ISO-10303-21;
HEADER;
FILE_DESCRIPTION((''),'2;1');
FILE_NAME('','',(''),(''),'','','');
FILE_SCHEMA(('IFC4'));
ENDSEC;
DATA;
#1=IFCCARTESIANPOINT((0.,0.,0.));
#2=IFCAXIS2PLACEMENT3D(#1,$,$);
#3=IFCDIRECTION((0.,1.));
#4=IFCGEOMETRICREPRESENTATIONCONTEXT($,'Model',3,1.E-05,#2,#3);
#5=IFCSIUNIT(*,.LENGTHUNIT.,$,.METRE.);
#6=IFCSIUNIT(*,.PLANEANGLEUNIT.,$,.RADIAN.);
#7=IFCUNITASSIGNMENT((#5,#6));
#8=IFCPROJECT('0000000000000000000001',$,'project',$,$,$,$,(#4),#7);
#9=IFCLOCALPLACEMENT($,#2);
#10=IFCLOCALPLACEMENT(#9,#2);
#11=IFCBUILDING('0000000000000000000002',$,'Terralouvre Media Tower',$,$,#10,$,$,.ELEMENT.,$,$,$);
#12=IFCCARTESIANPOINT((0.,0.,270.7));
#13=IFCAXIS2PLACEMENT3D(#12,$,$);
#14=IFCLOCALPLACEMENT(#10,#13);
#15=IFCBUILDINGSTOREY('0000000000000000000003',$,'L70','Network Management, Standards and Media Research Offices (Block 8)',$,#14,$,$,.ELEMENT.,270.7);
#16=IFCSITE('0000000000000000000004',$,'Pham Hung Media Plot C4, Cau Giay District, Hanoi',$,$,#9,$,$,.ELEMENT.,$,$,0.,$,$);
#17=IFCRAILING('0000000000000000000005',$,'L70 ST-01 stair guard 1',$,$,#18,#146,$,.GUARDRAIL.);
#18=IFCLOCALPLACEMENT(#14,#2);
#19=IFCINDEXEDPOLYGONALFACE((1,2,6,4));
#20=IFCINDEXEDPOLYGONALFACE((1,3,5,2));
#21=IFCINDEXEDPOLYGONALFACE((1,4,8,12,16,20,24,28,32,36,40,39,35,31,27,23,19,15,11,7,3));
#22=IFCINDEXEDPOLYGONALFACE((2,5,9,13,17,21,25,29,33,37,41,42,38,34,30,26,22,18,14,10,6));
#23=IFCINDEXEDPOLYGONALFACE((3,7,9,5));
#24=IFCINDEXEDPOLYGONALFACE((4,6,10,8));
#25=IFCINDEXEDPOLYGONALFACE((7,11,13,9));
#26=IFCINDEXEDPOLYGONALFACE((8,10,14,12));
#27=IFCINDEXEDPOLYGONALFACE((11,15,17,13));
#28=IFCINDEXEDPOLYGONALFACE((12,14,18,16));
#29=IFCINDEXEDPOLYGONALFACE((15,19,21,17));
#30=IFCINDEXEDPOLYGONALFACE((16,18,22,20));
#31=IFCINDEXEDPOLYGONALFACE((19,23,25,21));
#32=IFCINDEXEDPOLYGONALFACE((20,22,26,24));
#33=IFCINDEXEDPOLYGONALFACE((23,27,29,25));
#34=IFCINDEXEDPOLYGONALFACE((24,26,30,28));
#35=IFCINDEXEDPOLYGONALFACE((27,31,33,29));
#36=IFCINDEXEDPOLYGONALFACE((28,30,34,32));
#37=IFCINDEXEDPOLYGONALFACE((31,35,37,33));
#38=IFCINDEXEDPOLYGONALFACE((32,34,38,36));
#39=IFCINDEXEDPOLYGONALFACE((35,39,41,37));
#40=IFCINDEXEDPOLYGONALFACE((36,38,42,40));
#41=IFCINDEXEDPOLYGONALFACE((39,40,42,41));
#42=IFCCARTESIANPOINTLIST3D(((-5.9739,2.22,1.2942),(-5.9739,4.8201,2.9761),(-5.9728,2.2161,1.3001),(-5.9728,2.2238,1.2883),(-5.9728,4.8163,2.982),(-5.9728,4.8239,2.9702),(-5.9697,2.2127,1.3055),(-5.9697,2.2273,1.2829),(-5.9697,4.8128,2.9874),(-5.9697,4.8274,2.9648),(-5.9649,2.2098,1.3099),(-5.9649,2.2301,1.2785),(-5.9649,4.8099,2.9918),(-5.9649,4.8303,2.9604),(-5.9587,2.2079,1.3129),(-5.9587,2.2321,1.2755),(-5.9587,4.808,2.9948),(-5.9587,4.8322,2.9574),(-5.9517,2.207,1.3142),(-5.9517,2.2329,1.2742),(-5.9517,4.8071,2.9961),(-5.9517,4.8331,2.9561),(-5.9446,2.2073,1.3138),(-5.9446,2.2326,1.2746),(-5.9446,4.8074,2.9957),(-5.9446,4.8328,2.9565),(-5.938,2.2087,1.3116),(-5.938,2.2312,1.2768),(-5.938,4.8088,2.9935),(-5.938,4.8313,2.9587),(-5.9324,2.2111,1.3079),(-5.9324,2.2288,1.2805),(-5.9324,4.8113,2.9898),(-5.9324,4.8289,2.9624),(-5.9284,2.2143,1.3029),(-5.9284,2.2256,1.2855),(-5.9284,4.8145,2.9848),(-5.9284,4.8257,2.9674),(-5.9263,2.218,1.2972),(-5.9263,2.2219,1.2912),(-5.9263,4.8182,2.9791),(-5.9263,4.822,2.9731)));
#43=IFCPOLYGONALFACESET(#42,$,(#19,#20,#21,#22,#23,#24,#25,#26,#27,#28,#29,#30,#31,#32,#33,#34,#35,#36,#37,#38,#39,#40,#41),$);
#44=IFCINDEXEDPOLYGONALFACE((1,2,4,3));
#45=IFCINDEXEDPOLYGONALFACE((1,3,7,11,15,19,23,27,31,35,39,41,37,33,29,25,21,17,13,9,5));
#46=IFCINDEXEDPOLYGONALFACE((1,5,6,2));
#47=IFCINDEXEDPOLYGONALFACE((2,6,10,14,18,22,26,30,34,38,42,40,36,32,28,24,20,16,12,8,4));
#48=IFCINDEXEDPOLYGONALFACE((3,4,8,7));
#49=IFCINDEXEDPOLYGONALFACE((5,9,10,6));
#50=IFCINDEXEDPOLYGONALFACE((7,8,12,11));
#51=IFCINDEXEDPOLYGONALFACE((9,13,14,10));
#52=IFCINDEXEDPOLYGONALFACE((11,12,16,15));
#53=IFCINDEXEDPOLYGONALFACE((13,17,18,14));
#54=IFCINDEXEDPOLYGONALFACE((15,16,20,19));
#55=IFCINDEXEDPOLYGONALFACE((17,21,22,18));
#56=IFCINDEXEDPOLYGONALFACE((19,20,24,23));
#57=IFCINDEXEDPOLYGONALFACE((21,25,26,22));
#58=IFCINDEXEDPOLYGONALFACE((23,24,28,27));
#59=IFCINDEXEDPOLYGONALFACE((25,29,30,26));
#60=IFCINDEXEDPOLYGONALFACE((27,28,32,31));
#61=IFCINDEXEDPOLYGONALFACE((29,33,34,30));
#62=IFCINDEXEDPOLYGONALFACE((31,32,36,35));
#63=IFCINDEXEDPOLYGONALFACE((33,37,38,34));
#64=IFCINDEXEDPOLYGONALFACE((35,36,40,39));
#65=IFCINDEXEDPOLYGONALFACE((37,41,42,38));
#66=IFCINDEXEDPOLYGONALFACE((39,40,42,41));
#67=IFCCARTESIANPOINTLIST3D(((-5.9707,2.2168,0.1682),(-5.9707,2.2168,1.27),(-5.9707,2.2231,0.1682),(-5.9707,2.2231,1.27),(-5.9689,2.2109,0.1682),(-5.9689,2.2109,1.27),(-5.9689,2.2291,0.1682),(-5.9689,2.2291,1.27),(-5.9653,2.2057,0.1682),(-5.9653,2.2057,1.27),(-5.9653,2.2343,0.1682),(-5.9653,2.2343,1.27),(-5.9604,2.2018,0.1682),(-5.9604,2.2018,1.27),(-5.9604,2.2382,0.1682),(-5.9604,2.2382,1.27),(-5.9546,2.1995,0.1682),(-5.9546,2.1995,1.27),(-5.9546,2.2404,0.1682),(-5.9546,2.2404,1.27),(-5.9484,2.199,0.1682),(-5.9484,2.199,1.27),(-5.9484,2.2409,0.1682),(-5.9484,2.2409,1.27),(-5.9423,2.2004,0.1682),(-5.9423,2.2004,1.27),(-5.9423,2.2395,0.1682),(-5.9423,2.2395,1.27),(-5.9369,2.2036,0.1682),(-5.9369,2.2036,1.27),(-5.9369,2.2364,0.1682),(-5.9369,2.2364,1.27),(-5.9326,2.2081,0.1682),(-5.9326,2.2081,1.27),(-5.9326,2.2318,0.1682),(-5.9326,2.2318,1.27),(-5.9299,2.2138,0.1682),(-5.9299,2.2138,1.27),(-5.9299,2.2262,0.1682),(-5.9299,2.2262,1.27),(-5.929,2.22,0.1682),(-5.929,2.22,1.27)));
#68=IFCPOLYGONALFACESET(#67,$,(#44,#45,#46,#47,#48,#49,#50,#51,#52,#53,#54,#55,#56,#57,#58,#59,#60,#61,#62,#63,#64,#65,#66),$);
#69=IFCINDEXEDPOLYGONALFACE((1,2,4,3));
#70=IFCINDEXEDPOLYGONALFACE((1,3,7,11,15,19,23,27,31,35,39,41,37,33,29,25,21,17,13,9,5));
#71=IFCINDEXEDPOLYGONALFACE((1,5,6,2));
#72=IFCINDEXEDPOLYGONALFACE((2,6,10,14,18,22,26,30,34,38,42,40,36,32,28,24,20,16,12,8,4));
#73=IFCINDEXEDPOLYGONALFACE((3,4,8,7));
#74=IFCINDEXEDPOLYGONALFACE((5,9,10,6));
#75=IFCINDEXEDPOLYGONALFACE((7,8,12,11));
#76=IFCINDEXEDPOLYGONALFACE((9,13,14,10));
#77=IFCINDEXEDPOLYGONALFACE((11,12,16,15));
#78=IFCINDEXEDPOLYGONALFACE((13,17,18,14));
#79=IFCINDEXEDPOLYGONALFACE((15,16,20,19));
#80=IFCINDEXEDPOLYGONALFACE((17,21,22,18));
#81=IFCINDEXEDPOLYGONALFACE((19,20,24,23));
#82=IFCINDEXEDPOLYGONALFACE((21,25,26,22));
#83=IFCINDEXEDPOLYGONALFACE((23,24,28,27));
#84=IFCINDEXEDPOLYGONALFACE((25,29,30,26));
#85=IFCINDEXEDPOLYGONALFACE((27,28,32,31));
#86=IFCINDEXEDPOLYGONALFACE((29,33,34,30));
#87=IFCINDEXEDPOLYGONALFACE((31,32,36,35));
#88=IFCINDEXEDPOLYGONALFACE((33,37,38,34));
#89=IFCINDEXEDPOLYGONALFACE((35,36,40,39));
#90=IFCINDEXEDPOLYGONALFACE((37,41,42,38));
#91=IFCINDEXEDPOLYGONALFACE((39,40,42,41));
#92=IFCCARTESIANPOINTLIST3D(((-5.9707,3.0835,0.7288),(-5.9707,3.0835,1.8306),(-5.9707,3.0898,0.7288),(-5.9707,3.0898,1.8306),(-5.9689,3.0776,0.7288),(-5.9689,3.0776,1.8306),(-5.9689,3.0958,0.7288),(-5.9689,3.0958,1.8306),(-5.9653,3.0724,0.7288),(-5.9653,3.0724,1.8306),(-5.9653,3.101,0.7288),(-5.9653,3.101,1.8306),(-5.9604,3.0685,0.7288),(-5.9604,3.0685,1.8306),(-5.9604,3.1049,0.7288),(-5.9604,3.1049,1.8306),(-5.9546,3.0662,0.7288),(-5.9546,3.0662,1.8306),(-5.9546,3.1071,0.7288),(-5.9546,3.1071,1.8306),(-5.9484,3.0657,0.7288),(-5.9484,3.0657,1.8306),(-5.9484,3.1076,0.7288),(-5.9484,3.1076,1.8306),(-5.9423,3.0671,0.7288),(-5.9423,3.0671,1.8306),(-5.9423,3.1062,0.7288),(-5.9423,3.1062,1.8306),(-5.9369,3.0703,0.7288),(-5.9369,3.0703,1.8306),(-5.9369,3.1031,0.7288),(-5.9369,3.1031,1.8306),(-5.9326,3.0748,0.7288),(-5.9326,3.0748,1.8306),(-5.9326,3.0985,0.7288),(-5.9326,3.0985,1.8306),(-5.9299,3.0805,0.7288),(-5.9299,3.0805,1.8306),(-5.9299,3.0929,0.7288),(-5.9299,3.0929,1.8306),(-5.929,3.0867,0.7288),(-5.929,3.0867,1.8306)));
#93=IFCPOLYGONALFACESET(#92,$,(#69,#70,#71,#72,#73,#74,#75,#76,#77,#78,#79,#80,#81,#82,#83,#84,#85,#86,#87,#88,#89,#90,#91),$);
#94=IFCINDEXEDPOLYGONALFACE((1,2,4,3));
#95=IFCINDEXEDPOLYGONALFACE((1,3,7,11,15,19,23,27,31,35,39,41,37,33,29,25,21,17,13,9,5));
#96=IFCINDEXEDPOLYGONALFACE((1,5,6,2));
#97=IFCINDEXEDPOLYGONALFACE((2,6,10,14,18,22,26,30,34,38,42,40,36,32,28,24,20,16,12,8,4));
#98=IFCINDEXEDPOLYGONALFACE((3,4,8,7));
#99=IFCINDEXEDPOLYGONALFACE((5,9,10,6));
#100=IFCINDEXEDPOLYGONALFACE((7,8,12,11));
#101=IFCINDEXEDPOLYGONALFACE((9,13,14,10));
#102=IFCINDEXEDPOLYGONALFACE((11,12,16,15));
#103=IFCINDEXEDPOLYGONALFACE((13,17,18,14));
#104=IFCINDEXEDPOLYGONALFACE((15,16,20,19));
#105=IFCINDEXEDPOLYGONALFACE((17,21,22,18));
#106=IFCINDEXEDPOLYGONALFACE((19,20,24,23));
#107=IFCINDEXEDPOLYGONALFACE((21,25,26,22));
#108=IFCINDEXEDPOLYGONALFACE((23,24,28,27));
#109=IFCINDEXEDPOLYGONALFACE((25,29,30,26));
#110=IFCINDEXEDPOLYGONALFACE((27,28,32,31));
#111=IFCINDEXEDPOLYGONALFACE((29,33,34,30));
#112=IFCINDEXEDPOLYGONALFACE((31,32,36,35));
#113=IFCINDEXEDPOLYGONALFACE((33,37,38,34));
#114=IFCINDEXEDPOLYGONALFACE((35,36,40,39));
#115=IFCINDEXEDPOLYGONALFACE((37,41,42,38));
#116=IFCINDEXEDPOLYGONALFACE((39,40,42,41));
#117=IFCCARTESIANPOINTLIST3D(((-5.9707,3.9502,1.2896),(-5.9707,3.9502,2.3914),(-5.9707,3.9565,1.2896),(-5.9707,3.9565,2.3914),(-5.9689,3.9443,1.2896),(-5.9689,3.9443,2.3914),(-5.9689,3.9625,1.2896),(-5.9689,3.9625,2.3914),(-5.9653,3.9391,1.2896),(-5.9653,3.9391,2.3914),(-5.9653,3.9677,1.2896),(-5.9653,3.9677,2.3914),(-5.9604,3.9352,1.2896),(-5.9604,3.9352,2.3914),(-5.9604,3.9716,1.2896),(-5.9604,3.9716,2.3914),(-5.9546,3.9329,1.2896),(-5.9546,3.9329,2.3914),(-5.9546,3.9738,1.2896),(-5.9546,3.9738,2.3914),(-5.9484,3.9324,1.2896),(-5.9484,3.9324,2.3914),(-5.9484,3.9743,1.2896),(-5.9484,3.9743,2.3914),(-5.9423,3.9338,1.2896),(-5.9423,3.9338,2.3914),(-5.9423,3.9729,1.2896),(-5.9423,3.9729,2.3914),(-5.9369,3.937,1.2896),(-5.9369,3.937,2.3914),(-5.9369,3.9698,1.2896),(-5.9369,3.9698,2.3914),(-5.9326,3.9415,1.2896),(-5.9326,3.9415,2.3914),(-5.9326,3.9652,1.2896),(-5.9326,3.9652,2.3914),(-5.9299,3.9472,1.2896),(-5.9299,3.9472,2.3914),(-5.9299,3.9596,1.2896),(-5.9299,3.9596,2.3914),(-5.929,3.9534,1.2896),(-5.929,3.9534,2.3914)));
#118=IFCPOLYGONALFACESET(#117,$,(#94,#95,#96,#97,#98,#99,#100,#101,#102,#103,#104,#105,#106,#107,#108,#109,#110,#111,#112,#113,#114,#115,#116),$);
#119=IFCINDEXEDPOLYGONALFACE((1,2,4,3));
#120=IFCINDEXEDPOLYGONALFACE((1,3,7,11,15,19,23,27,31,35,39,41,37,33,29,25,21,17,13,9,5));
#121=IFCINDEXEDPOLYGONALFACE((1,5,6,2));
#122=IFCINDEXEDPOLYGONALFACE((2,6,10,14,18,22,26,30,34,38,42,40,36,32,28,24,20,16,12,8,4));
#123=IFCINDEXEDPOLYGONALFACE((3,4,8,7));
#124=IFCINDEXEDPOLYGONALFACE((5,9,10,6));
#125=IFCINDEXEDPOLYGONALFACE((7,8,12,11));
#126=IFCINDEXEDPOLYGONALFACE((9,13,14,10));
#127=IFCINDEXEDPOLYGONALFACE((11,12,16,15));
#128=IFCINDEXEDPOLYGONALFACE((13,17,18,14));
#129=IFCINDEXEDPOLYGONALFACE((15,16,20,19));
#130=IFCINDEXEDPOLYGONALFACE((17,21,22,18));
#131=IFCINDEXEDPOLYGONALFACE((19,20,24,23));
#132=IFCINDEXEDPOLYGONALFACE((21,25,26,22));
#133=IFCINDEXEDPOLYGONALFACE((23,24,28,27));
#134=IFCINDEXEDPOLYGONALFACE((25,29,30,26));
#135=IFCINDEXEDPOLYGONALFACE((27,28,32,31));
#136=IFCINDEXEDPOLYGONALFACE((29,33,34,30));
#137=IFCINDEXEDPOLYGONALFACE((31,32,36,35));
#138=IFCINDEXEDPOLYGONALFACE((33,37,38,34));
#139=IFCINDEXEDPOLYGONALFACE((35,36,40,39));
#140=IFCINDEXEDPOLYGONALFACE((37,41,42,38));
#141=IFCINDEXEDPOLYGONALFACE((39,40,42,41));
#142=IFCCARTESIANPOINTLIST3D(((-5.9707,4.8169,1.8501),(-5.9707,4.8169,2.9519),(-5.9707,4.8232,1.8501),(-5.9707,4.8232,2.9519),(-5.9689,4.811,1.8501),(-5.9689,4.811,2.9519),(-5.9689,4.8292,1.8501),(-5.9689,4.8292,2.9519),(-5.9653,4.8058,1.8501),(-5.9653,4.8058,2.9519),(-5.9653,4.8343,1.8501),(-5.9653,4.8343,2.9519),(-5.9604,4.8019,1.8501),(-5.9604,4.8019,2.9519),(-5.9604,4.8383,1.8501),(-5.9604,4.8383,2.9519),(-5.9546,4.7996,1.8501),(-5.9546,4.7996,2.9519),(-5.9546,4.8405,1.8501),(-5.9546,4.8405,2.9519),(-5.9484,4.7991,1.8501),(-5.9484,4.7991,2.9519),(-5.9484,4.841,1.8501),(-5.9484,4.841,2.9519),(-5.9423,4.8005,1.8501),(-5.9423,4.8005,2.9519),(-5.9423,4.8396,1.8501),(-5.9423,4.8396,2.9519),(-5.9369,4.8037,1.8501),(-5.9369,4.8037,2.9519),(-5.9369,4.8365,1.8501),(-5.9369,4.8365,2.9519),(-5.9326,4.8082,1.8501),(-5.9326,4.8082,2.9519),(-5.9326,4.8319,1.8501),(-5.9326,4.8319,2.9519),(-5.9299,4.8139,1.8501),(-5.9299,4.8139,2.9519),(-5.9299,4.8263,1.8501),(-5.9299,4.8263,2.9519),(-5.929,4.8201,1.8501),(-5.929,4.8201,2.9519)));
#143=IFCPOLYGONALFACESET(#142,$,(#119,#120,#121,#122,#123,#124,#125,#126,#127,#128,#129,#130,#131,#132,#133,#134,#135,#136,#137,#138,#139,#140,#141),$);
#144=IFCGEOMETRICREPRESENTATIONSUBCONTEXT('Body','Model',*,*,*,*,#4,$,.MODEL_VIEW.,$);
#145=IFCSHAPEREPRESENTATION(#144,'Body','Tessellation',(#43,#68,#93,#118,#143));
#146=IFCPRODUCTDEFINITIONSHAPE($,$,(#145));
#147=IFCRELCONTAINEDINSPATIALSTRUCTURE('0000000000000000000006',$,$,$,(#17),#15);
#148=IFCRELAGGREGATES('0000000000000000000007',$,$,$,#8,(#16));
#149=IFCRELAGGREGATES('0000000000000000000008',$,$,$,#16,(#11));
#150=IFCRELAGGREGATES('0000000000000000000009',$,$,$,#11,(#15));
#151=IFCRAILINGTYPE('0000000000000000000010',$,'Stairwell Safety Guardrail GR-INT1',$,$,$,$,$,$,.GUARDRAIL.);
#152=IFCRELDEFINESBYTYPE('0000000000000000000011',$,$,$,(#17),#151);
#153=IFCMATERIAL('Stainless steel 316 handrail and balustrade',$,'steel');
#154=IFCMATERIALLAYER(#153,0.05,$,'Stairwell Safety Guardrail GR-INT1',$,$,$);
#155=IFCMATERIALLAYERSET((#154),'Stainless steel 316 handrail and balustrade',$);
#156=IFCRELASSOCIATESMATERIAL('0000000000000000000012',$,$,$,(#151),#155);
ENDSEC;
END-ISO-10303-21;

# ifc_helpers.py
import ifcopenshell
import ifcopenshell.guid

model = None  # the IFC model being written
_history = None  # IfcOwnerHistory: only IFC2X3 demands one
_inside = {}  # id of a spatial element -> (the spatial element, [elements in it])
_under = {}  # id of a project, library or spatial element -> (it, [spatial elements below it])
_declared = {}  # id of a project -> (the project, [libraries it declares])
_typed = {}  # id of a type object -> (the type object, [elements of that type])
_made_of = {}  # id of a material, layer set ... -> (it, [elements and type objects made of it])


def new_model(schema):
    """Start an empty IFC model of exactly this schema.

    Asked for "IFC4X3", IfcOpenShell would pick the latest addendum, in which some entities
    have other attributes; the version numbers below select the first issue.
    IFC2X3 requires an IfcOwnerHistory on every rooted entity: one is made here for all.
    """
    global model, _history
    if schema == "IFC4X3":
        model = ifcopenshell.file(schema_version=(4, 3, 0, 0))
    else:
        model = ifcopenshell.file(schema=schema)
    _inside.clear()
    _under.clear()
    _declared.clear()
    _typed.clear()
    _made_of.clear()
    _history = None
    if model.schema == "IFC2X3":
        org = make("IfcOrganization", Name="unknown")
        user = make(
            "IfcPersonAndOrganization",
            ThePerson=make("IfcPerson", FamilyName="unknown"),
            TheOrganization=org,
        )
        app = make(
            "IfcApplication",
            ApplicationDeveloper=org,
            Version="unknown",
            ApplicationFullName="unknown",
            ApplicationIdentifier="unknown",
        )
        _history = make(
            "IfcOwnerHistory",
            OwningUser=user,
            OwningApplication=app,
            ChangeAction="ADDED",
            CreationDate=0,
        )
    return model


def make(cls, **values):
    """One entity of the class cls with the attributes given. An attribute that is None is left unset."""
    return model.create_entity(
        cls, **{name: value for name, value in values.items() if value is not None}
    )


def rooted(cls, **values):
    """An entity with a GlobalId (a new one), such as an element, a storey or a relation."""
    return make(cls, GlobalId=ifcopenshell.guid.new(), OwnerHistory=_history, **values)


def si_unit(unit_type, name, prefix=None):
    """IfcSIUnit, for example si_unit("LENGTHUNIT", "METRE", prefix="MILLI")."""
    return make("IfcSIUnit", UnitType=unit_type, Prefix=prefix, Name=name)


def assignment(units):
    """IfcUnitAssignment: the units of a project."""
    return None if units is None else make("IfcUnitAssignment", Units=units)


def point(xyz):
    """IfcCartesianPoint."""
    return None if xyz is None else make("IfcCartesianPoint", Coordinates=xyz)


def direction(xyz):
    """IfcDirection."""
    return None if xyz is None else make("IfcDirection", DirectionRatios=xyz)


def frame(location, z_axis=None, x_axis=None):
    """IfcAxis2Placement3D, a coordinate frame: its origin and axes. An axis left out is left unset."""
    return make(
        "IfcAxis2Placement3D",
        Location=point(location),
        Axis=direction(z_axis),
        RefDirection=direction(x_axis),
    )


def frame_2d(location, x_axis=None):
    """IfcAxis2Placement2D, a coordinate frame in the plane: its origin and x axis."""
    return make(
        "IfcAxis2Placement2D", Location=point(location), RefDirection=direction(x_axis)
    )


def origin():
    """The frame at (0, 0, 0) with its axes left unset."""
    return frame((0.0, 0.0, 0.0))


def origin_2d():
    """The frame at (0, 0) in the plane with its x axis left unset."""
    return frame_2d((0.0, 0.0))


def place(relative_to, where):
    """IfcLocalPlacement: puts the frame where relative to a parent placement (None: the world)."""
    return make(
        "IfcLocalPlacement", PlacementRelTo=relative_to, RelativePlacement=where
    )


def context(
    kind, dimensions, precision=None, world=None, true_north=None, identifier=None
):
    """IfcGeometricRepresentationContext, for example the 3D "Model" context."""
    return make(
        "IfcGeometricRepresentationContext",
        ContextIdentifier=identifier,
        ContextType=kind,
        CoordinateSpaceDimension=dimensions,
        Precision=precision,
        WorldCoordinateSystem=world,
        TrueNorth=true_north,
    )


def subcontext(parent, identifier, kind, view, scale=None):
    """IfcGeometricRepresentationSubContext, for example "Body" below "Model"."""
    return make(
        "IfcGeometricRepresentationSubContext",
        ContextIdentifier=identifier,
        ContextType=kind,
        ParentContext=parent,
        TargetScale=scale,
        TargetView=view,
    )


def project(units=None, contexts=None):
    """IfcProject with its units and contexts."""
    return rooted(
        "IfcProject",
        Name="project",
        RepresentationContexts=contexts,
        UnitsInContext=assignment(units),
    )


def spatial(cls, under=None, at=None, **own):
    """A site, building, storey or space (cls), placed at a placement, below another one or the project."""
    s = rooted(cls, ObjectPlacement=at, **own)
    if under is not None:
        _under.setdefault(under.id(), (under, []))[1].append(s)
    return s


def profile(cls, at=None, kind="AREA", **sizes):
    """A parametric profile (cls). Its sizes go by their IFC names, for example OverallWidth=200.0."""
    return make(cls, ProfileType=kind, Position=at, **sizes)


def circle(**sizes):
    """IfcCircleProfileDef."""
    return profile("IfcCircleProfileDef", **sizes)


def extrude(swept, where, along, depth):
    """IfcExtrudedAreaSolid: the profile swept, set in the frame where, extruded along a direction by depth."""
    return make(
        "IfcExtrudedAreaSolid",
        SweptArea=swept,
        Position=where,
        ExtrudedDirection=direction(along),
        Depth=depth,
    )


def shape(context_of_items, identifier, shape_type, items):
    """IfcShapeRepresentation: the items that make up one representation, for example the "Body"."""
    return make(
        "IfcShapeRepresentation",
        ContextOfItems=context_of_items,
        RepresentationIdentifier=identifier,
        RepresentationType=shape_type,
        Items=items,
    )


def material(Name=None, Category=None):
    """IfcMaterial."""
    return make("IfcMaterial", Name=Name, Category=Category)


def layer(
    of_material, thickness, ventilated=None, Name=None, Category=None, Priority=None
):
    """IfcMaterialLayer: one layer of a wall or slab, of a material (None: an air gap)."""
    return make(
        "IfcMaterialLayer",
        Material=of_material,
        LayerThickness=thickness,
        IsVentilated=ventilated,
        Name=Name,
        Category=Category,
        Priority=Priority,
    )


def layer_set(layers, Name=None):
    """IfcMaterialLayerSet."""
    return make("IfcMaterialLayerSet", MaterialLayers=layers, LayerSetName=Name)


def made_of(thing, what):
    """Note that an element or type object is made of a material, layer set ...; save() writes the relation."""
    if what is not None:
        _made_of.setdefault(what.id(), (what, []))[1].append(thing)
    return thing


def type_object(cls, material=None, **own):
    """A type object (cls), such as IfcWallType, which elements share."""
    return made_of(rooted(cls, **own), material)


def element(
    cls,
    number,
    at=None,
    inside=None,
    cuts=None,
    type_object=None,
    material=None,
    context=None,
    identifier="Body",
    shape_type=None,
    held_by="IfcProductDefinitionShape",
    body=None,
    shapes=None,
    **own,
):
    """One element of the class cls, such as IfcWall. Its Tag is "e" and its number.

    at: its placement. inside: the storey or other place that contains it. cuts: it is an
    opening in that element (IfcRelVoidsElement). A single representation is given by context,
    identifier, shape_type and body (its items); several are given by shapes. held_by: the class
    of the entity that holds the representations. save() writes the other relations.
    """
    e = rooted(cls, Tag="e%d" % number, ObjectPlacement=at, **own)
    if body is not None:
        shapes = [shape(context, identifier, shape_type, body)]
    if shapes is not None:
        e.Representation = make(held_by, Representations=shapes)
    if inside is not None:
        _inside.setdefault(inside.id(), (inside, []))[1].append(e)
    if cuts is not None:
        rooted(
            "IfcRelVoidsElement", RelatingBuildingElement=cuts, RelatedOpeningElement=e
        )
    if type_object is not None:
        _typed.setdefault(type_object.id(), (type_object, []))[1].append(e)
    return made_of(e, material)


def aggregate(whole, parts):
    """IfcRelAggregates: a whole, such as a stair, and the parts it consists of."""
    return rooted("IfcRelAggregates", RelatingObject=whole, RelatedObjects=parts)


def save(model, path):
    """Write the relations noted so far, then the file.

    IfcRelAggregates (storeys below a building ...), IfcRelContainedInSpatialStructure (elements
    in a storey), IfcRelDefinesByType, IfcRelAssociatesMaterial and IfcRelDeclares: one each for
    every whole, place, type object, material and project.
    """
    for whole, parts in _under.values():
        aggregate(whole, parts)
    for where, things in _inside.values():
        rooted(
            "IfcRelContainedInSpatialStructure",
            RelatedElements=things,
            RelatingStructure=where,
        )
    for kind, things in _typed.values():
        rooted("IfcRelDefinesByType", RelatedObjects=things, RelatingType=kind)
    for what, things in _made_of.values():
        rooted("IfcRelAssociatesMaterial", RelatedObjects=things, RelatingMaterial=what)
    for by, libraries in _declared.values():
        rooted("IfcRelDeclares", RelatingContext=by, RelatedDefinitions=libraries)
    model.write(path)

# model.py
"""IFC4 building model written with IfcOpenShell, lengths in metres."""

from ifc_helpers import new_model, si_unit, direction, frame, origin, origin_2d, place, context, subcontext, project, spatial, circle, extrude, material, layer, layer_set, type_object, element, save


model = new_model("IFC4")

# Units and contexts
model_context = context("Model", 3, precision=1e-05, world=origin(), true_north=direction((0.0, 1.0)))
body_context = subcontext(model_context, "Body", "Model", "MODEL_VIEW")
ifc_project = project(units=[si_unit("LENGTHUNIT", "METRE"), si_unit("PLANEANGLEUNIT", "RADIAN")], contexts=[model_context])

# Site, building, storey
site_placement = place(None, origin())
site = spatial("IfcSite", under=ifc_project, at=site_placement, Name="Pham Hung Media Plot C4, Cau Giay District, Hanoi", CompositionType="ELEMENT", RefElevation=0.0)
building_placement = place(site_placement, origin())
building = spatial("IfcBuilding", under=site, at=building_placement, Name="Terralouvre Media Tower", CompositionType="ELEMENT")
storey_placement = place(building_placement, frame((0.0, 0.0, 270.7)))
storey = spatial("IfcBuildingStorey", under=building, at=storey_placement, Name="L70", Description="Network Management, Standards and Media Research Offices (Block 8)", CompositionType="ELEMENT", Elevation=270.7)

# Railing
ifc_material_1 = material(Name="Stainless steel 316 handrail and balustrade", Category="steel")
ifc_layer_1 = layer(ifc_material_1, 0.05, Name="Stairwell Safety Guardrail GR-INT1")
ifc_layer_set_1 = layer_set([ifc_layer_1], Name="Stainless steel 316 handrail and balustrade")
railing_type_1 = type_object("IfcRailingType", Name="Stairwell Safety Guardrail GR-INT1", PredefinedType="GUARDRAIL", material=ifc_layer_set_1)
railing_1_placement = place(storey_placement, frame((-5.95, 2.22, 0.1682)))
element("IfcRailing", 1, at=railing_1_placement, inside=storey, type_object=railing_type_1, Name="L70 ST-01 stair guard 1", PredefinedType="GUARDRAIL", context=body_context, shape_type="SweptSolid", body=[
    extrude(circle(Radius=0.0239, at=origin_2d()), frame((0.0, 0.0, 1.126), z_axis=(0.0, 0.839648, 0.54313), x_axis=(-1.0, 0.0, 0.0)), (0.0, 0.0, 1.0), 3.0967),
    extrude(circle(Radius=0.021, at=origin_2d()), origin(), (0.0, 0.0, 1.0), 1.1018),
    extrude(circle(Radius=0.021, at=origin_2d()), frame((0.0, 0.8667, 0.5605)), (0.0, 0.0, 1.0), 1.1018),
    extrude(circle(Radius=0.021, at=origin_2d()), frame((0.0, 1.7334, 1.1213)), (0.0, 0.0, 1.0), 1.1018),
    extrude(circle(Radius=0.021, at=origin_2d()), frame((0.0, 2.6001, 1.6819)), (0.0, 0.0, 1.0), 1.1018),
])

save(model, "model.ifc")
